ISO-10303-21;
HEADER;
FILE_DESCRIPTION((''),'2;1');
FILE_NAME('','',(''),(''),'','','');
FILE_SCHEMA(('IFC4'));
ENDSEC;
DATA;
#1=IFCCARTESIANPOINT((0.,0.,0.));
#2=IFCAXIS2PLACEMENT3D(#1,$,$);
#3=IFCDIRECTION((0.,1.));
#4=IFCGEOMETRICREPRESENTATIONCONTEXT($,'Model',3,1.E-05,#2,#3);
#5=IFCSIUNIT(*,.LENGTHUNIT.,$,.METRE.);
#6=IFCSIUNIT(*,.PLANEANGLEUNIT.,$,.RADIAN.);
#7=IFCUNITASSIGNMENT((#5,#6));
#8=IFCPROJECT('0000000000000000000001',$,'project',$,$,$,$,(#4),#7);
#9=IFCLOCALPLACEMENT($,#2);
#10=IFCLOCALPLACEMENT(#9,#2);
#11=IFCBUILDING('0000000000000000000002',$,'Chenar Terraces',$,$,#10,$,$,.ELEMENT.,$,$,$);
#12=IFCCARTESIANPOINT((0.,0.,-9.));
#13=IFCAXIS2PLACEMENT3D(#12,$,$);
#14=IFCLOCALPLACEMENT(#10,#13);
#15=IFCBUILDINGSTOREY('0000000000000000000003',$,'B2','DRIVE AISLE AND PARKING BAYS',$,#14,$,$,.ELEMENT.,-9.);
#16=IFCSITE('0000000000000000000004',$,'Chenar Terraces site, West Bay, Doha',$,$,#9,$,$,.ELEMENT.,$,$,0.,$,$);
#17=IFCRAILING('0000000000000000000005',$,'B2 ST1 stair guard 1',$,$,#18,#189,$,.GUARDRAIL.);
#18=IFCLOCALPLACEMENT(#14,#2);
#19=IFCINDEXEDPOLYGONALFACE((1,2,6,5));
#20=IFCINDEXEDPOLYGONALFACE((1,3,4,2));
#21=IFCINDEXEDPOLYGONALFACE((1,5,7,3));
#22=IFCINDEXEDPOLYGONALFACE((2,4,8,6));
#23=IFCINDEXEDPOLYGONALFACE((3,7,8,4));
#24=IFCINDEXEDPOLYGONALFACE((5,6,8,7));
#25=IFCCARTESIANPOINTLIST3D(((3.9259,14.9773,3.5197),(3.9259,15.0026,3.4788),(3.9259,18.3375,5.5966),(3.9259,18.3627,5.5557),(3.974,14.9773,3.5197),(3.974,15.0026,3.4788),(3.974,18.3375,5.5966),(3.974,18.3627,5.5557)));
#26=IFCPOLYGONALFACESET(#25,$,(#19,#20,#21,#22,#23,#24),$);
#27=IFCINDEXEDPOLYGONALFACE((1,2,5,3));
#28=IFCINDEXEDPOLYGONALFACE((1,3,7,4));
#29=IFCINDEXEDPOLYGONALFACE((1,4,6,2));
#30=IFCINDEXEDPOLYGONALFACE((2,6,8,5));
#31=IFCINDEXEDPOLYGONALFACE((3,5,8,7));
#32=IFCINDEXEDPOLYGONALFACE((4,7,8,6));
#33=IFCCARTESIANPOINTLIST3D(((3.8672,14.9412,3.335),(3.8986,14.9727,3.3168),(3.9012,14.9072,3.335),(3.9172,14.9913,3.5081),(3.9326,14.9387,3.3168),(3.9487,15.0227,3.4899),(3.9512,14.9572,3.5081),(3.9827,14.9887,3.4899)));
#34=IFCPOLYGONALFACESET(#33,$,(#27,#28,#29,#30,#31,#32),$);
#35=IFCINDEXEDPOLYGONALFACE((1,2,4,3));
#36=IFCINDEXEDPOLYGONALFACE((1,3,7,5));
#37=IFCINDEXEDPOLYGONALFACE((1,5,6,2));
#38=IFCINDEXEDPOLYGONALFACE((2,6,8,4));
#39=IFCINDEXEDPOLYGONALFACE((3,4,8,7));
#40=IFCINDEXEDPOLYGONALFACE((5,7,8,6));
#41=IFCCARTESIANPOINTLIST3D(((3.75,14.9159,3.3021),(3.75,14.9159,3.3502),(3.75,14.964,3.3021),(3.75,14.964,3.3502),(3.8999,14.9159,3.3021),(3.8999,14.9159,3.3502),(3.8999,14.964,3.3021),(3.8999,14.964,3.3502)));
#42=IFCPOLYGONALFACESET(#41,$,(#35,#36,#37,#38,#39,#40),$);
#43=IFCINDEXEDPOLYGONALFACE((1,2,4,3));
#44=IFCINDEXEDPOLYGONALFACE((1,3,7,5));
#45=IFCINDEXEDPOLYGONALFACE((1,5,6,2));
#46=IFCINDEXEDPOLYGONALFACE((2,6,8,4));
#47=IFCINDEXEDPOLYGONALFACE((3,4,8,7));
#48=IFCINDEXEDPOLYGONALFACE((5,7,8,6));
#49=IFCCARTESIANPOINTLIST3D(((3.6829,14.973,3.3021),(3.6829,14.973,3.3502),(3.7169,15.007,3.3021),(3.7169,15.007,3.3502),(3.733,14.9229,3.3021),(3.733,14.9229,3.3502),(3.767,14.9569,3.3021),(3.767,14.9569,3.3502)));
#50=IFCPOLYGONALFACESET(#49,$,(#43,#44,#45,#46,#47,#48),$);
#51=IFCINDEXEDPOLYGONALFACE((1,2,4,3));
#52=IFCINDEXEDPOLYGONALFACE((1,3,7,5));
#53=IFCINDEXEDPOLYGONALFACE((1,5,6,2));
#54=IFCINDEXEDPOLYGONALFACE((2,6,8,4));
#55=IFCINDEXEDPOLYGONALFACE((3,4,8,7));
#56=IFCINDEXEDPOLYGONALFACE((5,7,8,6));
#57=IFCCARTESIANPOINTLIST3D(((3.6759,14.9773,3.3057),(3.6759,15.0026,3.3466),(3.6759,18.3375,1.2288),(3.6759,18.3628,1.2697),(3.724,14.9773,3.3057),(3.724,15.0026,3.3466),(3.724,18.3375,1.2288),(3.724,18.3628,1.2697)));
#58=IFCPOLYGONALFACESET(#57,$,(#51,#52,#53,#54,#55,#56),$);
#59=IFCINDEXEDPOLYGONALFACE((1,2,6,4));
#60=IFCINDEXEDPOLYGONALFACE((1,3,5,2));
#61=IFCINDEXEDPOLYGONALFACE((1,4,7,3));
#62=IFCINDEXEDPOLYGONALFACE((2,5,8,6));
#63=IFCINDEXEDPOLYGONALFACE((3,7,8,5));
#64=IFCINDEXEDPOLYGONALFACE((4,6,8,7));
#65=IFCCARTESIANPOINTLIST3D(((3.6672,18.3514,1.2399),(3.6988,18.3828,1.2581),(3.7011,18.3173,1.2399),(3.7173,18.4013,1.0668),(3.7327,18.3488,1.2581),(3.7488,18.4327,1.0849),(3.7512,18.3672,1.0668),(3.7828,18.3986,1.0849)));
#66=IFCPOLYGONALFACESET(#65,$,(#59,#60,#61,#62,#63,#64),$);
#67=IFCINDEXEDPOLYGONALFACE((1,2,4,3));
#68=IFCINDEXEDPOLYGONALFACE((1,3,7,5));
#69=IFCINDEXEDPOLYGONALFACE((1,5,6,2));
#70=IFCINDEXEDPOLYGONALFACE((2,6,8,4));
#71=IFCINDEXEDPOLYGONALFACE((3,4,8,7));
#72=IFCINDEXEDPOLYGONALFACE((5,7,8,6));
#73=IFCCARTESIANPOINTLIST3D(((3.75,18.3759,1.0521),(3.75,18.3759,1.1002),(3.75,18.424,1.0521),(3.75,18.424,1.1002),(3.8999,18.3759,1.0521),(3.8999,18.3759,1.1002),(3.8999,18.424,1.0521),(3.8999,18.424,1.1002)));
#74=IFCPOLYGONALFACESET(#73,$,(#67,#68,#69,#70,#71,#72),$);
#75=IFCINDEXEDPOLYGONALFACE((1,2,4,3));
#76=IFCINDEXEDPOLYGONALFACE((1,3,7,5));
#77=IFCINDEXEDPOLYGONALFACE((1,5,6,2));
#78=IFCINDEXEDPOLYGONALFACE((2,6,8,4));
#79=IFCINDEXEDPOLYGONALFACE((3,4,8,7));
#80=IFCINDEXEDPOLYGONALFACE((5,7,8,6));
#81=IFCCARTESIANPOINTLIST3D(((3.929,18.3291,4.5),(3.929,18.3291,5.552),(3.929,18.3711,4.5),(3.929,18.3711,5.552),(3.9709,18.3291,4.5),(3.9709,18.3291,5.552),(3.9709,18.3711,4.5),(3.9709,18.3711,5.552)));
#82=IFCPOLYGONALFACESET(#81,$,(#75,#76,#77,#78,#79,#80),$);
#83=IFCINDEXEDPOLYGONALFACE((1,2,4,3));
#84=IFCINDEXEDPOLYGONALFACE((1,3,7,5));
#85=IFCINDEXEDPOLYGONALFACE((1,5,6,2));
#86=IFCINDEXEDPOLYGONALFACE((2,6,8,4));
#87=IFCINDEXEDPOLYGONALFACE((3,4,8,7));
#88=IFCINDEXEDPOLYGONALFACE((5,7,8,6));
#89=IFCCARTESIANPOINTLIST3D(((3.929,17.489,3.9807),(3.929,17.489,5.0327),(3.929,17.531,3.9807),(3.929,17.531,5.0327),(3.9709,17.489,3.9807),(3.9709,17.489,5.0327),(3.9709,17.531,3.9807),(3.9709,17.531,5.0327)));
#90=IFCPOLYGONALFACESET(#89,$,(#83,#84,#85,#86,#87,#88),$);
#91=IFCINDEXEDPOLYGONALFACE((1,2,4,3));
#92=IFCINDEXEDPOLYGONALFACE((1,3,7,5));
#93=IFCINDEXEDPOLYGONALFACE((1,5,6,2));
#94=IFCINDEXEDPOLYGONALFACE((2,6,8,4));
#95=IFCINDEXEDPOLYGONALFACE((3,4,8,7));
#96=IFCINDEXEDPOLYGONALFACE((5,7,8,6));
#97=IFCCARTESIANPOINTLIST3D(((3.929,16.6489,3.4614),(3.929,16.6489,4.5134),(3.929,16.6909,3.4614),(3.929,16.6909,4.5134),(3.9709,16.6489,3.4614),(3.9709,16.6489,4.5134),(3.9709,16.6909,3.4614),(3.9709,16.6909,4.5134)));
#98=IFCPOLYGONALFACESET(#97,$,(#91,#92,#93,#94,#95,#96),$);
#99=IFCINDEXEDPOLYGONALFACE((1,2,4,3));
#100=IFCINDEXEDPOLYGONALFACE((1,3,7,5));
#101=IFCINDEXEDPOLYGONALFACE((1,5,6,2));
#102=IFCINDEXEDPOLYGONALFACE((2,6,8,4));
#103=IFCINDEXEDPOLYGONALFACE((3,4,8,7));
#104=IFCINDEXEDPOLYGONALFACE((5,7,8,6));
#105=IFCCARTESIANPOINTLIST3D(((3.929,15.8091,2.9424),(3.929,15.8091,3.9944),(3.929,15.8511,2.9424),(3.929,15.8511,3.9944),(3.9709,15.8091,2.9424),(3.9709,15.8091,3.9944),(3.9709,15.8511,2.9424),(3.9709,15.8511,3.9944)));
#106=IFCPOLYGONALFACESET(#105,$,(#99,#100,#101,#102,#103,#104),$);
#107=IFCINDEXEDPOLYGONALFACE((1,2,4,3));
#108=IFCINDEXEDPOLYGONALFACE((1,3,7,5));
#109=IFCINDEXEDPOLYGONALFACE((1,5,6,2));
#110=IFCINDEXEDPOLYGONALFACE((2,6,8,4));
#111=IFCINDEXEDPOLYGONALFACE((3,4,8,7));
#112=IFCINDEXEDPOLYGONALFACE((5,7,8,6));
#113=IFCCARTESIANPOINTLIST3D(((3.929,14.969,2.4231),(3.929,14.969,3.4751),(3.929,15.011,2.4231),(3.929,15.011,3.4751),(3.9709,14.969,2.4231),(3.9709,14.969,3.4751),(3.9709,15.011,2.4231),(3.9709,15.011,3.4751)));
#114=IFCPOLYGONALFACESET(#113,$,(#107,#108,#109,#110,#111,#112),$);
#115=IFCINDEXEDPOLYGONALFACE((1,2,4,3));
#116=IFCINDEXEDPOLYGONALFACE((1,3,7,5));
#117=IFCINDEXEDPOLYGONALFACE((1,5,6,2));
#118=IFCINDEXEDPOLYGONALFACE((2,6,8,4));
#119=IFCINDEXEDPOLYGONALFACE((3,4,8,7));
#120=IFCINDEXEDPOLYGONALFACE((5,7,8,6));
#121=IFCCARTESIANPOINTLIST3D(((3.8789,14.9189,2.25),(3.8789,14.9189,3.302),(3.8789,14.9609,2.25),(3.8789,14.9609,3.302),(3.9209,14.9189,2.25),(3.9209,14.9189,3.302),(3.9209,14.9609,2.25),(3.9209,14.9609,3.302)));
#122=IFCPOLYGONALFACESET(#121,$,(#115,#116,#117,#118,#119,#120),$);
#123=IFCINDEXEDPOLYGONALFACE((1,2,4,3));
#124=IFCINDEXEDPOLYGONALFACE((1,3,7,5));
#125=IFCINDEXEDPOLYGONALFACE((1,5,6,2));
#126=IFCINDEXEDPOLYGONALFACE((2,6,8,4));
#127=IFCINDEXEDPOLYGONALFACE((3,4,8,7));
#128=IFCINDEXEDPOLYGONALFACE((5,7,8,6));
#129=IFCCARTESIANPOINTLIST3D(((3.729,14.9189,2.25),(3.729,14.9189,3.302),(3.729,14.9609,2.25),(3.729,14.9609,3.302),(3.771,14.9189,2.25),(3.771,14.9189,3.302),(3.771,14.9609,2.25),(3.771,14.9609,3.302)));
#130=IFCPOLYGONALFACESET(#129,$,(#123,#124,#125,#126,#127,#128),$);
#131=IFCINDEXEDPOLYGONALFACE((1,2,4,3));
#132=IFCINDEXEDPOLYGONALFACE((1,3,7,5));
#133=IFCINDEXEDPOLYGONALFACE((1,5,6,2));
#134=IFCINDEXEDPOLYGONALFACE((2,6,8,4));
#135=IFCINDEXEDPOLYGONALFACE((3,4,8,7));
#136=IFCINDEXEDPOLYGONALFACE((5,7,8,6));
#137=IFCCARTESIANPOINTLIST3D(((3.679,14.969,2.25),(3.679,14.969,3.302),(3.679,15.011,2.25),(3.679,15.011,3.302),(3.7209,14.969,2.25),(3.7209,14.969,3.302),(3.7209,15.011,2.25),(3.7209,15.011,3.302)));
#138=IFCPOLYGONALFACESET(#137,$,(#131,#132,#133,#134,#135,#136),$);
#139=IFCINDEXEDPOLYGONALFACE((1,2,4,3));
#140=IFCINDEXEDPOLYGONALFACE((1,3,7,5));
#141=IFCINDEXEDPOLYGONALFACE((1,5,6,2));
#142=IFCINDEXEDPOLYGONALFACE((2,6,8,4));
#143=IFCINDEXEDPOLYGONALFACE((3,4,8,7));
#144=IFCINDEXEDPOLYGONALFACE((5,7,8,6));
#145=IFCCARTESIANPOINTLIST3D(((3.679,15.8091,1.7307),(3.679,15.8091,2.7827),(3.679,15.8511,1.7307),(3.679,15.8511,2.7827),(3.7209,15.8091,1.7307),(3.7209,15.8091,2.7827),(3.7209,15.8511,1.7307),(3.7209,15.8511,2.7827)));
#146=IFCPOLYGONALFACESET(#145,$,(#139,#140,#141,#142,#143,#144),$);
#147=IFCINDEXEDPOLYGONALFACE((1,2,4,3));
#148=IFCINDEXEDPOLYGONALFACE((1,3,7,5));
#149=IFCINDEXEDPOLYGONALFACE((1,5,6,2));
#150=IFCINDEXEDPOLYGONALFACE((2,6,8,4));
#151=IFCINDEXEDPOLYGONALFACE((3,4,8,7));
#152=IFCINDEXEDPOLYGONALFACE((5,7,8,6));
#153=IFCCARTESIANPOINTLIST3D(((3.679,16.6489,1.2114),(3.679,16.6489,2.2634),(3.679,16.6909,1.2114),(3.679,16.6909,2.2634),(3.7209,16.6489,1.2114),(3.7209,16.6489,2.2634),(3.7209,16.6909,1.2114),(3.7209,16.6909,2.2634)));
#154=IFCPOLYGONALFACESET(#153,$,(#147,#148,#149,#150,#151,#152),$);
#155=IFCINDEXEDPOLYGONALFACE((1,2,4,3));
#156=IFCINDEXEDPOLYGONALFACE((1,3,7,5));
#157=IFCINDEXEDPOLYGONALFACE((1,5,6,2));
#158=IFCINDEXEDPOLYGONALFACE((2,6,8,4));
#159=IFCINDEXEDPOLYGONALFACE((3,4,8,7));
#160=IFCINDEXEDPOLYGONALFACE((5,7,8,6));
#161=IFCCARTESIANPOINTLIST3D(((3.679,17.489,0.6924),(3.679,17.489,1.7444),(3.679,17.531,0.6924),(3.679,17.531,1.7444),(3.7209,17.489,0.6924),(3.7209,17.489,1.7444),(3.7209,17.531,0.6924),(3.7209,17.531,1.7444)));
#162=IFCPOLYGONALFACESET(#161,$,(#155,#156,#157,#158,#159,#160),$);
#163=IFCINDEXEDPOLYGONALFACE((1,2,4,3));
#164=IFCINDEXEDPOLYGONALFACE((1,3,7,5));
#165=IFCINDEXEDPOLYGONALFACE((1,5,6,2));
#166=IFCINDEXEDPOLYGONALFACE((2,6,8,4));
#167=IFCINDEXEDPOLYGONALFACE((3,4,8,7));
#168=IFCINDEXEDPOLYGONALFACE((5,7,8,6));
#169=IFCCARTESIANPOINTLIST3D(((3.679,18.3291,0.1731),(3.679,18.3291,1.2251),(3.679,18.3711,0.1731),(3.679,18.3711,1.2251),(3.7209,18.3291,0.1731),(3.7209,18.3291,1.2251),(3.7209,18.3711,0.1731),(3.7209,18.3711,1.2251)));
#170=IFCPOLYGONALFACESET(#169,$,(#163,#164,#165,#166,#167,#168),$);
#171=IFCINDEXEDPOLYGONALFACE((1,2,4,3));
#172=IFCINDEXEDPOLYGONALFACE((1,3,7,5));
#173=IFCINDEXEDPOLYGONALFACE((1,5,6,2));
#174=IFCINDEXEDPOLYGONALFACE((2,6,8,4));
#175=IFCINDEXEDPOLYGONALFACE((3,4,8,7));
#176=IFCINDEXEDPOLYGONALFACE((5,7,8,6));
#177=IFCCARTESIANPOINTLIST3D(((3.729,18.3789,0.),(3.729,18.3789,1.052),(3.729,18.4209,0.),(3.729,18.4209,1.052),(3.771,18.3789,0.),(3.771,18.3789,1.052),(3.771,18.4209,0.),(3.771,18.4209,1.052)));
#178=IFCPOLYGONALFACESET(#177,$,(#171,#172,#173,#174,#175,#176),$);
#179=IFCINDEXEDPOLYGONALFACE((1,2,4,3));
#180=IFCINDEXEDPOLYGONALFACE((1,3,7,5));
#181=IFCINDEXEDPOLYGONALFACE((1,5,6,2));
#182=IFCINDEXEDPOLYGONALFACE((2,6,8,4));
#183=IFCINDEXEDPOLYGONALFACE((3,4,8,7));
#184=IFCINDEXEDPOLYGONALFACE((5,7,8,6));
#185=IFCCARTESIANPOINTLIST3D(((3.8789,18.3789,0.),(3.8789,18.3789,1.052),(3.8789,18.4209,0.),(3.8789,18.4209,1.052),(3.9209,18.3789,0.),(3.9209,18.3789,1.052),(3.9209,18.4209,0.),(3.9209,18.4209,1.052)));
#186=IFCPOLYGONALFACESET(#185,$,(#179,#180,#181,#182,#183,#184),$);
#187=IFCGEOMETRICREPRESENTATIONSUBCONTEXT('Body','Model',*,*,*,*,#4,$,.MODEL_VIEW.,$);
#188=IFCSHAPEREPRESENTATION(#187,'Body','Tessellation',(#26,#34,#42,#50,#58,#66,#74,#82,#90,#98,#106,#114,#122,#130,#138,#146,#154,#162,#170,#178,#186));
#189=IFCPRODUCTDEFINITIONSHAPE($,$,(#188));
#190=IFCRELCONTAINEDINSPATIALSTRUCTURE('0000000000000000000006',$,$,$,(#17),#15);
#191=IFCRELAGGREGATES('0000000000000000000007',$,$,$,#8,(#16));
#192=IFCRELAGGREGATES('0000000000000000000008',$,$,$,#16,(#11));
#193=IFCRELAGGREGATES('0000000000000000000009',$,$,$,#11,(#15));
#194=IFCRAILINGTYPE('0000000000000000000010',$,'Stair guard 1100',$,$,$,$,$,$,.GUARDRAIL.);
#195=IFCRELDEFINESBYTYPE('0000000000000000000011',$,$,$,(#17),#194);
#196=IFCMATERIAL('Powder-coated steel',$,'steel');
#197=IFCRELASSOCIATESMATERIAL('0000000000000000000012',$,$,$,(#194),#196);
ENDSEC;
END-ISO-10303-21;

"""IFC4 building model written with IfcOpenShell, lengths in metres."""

from ifc_helpers import new_model, si_unit, direction, frame, origin, origin_2d, place, context, subcontext, project, spatial, rectangle, extrude, material, type_object, element, save


model = new_model("IFC4")

# Units and contexts
model_context = context("Model", 3, precision=1e-05, world=origin(), true_north=direction((0.0, 1.0)))
body_context = subcontext(model_context, "Body", "Model", "MODEL_VIEW")
ifc_project = project(units=[si_unit("LENGTHUNIT", "METRE"), si_unit("PLANEANGLEUNIT", "RADIAN")], contexts=[model_context])

# Site, building, storey
site_placement = place(None, origin())
site = spatial("IfcSite", under=ifc_project, at=site_placement, Name="Chenar Terraces site, West Bay, Doha", CompositionType="ELEMENT", RefElevation=0.0)
building_placement = place(site_placement, origin())
building = spatial("IfcBuilding", under=site, at=building_placement, Name="Chenar Terraces", CompositionType="ELEMENT")
storey_placement = place(building_placement, frame((0.0, 0.0, -9.0)))
storey = spatial("IfcBuildingStorey", under=building, at=storey_placement, Name="B2", Description="DRIVE AISLE AND PARKING BAYS", CompositionType="ELEMENT", Elevation=-9.0)

# Railing
ifc_material_1 = material(Name="Powder-coated steel", Category="steel")
railing_type_1 = type_object("IfcRailingType", Name="Stair guard 1100", PredefinedType="GUARDRAIL", material=ifc_material_1)
railing_1_placement = place(storey_placement, frame((3.95, 18.3501, 4.5)))
element("IfcRailing", 1, at=railing_1_placement, inside=storey, type_object=railing_type_1, Name="B2 ST1 stair guard 1", PredefinedType="GUARDRAIL", context=body_context, shape_type="SweptSolid", body=[
    extrude(rectangle(XDim=0.0481, YDim=0.0481, at=origin_2d()), frame((0.0, 0.0, 1.0762), z_axis=(0.0, -0.850623, -0.525776), x_axis=(1.0, 0.0, 0.0)), (0.0, 0.0, 1.0), 3.9502),
    extrude(rectangle(XDim=0.0481, YDim=0.0481, at=origin_2d()), frame((0.0, -3.3601, -1.001), z_axis=(-0.26763, -0.26763, -0.925607), x_axis=(0.707107, -0.707107, 0.0)), (0.0, 0.0, 1.0), 0.187),
    extrude(rectangle(XDim=0.0481, YDim=0.0481, at=origin_2d()), frame((-0.05, -3.4102, -1.1738), z_axis=(-1.0, 0.0, 0.0), x_axis=(0.0, -1.0, 0.0)), (0.0, 0.0, 1.0), 0.1499),
    extrude(rectangle(XDim=0.0481, YDim=0.0481, at=origin_2d()), frame((-0.2, -3.4102, -1.1738), z_axis=(-0.707107, 0.707107, 0.0), x_axis=(-0.707107, -0.707107, 0.0)), (0.0, 0.0, 1.0), 0.0708),
    extrude(rectangle(XDim=0.0481, YDim=0.0481, at=origin_2d()), frame((-0.25, -3.3601, -1.1738), z_axis=(0.0, 0.850623, -0.525776), x_axis=(-1.0, 0.0, 0.0)), (0.0, 0.0, 1.0), 3.9502),
    extrude(rectangle(XDim=0.0481, YDim=0.0481, at=origin_2d()), frame((-0.25, 0.0, -3.251), z_axis=(0.267723, 0.266417, -0.92593), x_axis=(-0.705376, 0.708834, 0.0)), (0.0, 0.0, 1.0), 0.187),
    extrude(rectangle(XDim=0.0481, YDim=0.0481, at=origin_2d()), frame((-0.2, 0.0498, -3.4238), z_axis=(1.0, 0.0, 0.0), x_axis=(0.0, 1.0, 0.0)), (0.0, 0.0, 1.0), 0.1499),
    extrude(rectangle(XDim=0.042, YDim=0.042, at=origin_2d()), origin(), (0.0, 0.0, 1.0), 1.052),
    extrude(rectangle(XDim=0.042, YDim=0.042, at=origin_2d()), frame((0.0, -0.8401, -0.5193)), (0.0, 0.0, 1.0), 1.052),
    extrude(rectangle(XDim=0.042, YDim=0.042, at=origin_2d()), frame((0.0, -1.6802, -1.0386)), (0.0, 0.0, 1.0), 1.052),
    extrude(rectangle(XDim=0.042, YDim=0.042, at=origin_2d()), frame((0.0, -2.52, -1.5576)), (0.0, 0.0, 1.0), 1.052),
    extrude(rectangle(XDim=0.042, YDim=0.042, at=origin_2d()), frame((0.0, -3.3601, -2.0769)), (0.0, 0.0, 1.0), 1.052),
    extrude(rectangle(XDim=0.042, YDim=0.042, at=origin_2d()), frame((-0.05, -3.4102, -2.25)), (0.0, 0.0, 1.0), 1.052),
    extrude(rectangle(XDim=0.042, YDim=0.042, at=origin_2d()), frame((-0.2, -3.4102, -2.25)), (0.0, 0.0, 1.0), 1.052),
    extrude(rectangle(XDim=0.042, YDim=0.042, at=origin_2d()), frame((-0.25, -3.3601, -2.25)), (0.0, 0.0, 1.0), 1.052),
    extrude(rectangle(XDim=0.042, YDim=0.042, at=origin_2d()), frame((-0.25, -2.52, -2.7693)), (0.0, 0.0, 1.0), 1.052),
    extrude(rectangle(XDim=0.042, YDim=0.042, at=origin_2d()), frame((-0.25, -1.6802, -3.2886)), (0.0, 0.0, 1.0), 1.052),
    extrude(rectangle(XDim=0.042, YDim=0.042, at=origin_2d()), frame((-0.25, -0.8401, -3.8076)), (0.0, 0.0, 1.0), 1.052),
    extrude(rectangle(XDim=0.042, YDim=0.042, at=origin_2d()), frame((-0.25, 0.0, -4.3269)), (0.0, 0.0, 1.0), 1.052),
    extrude(rectangle(XDim=0.042, YDim=0.042, at=origin_2d()), frame((-0.2, 0.0498, -4.5)), (0.0, 0.0, 1.0), 1.052),
    extrude(rectangle(XDim=0.042, YDim=0.042, at=origin_2d()), frame((-0.05, 0.0498, -4.5)), (0.0, 0.0, 1.0), 1.052),
])

save(model, "model.ifc")
